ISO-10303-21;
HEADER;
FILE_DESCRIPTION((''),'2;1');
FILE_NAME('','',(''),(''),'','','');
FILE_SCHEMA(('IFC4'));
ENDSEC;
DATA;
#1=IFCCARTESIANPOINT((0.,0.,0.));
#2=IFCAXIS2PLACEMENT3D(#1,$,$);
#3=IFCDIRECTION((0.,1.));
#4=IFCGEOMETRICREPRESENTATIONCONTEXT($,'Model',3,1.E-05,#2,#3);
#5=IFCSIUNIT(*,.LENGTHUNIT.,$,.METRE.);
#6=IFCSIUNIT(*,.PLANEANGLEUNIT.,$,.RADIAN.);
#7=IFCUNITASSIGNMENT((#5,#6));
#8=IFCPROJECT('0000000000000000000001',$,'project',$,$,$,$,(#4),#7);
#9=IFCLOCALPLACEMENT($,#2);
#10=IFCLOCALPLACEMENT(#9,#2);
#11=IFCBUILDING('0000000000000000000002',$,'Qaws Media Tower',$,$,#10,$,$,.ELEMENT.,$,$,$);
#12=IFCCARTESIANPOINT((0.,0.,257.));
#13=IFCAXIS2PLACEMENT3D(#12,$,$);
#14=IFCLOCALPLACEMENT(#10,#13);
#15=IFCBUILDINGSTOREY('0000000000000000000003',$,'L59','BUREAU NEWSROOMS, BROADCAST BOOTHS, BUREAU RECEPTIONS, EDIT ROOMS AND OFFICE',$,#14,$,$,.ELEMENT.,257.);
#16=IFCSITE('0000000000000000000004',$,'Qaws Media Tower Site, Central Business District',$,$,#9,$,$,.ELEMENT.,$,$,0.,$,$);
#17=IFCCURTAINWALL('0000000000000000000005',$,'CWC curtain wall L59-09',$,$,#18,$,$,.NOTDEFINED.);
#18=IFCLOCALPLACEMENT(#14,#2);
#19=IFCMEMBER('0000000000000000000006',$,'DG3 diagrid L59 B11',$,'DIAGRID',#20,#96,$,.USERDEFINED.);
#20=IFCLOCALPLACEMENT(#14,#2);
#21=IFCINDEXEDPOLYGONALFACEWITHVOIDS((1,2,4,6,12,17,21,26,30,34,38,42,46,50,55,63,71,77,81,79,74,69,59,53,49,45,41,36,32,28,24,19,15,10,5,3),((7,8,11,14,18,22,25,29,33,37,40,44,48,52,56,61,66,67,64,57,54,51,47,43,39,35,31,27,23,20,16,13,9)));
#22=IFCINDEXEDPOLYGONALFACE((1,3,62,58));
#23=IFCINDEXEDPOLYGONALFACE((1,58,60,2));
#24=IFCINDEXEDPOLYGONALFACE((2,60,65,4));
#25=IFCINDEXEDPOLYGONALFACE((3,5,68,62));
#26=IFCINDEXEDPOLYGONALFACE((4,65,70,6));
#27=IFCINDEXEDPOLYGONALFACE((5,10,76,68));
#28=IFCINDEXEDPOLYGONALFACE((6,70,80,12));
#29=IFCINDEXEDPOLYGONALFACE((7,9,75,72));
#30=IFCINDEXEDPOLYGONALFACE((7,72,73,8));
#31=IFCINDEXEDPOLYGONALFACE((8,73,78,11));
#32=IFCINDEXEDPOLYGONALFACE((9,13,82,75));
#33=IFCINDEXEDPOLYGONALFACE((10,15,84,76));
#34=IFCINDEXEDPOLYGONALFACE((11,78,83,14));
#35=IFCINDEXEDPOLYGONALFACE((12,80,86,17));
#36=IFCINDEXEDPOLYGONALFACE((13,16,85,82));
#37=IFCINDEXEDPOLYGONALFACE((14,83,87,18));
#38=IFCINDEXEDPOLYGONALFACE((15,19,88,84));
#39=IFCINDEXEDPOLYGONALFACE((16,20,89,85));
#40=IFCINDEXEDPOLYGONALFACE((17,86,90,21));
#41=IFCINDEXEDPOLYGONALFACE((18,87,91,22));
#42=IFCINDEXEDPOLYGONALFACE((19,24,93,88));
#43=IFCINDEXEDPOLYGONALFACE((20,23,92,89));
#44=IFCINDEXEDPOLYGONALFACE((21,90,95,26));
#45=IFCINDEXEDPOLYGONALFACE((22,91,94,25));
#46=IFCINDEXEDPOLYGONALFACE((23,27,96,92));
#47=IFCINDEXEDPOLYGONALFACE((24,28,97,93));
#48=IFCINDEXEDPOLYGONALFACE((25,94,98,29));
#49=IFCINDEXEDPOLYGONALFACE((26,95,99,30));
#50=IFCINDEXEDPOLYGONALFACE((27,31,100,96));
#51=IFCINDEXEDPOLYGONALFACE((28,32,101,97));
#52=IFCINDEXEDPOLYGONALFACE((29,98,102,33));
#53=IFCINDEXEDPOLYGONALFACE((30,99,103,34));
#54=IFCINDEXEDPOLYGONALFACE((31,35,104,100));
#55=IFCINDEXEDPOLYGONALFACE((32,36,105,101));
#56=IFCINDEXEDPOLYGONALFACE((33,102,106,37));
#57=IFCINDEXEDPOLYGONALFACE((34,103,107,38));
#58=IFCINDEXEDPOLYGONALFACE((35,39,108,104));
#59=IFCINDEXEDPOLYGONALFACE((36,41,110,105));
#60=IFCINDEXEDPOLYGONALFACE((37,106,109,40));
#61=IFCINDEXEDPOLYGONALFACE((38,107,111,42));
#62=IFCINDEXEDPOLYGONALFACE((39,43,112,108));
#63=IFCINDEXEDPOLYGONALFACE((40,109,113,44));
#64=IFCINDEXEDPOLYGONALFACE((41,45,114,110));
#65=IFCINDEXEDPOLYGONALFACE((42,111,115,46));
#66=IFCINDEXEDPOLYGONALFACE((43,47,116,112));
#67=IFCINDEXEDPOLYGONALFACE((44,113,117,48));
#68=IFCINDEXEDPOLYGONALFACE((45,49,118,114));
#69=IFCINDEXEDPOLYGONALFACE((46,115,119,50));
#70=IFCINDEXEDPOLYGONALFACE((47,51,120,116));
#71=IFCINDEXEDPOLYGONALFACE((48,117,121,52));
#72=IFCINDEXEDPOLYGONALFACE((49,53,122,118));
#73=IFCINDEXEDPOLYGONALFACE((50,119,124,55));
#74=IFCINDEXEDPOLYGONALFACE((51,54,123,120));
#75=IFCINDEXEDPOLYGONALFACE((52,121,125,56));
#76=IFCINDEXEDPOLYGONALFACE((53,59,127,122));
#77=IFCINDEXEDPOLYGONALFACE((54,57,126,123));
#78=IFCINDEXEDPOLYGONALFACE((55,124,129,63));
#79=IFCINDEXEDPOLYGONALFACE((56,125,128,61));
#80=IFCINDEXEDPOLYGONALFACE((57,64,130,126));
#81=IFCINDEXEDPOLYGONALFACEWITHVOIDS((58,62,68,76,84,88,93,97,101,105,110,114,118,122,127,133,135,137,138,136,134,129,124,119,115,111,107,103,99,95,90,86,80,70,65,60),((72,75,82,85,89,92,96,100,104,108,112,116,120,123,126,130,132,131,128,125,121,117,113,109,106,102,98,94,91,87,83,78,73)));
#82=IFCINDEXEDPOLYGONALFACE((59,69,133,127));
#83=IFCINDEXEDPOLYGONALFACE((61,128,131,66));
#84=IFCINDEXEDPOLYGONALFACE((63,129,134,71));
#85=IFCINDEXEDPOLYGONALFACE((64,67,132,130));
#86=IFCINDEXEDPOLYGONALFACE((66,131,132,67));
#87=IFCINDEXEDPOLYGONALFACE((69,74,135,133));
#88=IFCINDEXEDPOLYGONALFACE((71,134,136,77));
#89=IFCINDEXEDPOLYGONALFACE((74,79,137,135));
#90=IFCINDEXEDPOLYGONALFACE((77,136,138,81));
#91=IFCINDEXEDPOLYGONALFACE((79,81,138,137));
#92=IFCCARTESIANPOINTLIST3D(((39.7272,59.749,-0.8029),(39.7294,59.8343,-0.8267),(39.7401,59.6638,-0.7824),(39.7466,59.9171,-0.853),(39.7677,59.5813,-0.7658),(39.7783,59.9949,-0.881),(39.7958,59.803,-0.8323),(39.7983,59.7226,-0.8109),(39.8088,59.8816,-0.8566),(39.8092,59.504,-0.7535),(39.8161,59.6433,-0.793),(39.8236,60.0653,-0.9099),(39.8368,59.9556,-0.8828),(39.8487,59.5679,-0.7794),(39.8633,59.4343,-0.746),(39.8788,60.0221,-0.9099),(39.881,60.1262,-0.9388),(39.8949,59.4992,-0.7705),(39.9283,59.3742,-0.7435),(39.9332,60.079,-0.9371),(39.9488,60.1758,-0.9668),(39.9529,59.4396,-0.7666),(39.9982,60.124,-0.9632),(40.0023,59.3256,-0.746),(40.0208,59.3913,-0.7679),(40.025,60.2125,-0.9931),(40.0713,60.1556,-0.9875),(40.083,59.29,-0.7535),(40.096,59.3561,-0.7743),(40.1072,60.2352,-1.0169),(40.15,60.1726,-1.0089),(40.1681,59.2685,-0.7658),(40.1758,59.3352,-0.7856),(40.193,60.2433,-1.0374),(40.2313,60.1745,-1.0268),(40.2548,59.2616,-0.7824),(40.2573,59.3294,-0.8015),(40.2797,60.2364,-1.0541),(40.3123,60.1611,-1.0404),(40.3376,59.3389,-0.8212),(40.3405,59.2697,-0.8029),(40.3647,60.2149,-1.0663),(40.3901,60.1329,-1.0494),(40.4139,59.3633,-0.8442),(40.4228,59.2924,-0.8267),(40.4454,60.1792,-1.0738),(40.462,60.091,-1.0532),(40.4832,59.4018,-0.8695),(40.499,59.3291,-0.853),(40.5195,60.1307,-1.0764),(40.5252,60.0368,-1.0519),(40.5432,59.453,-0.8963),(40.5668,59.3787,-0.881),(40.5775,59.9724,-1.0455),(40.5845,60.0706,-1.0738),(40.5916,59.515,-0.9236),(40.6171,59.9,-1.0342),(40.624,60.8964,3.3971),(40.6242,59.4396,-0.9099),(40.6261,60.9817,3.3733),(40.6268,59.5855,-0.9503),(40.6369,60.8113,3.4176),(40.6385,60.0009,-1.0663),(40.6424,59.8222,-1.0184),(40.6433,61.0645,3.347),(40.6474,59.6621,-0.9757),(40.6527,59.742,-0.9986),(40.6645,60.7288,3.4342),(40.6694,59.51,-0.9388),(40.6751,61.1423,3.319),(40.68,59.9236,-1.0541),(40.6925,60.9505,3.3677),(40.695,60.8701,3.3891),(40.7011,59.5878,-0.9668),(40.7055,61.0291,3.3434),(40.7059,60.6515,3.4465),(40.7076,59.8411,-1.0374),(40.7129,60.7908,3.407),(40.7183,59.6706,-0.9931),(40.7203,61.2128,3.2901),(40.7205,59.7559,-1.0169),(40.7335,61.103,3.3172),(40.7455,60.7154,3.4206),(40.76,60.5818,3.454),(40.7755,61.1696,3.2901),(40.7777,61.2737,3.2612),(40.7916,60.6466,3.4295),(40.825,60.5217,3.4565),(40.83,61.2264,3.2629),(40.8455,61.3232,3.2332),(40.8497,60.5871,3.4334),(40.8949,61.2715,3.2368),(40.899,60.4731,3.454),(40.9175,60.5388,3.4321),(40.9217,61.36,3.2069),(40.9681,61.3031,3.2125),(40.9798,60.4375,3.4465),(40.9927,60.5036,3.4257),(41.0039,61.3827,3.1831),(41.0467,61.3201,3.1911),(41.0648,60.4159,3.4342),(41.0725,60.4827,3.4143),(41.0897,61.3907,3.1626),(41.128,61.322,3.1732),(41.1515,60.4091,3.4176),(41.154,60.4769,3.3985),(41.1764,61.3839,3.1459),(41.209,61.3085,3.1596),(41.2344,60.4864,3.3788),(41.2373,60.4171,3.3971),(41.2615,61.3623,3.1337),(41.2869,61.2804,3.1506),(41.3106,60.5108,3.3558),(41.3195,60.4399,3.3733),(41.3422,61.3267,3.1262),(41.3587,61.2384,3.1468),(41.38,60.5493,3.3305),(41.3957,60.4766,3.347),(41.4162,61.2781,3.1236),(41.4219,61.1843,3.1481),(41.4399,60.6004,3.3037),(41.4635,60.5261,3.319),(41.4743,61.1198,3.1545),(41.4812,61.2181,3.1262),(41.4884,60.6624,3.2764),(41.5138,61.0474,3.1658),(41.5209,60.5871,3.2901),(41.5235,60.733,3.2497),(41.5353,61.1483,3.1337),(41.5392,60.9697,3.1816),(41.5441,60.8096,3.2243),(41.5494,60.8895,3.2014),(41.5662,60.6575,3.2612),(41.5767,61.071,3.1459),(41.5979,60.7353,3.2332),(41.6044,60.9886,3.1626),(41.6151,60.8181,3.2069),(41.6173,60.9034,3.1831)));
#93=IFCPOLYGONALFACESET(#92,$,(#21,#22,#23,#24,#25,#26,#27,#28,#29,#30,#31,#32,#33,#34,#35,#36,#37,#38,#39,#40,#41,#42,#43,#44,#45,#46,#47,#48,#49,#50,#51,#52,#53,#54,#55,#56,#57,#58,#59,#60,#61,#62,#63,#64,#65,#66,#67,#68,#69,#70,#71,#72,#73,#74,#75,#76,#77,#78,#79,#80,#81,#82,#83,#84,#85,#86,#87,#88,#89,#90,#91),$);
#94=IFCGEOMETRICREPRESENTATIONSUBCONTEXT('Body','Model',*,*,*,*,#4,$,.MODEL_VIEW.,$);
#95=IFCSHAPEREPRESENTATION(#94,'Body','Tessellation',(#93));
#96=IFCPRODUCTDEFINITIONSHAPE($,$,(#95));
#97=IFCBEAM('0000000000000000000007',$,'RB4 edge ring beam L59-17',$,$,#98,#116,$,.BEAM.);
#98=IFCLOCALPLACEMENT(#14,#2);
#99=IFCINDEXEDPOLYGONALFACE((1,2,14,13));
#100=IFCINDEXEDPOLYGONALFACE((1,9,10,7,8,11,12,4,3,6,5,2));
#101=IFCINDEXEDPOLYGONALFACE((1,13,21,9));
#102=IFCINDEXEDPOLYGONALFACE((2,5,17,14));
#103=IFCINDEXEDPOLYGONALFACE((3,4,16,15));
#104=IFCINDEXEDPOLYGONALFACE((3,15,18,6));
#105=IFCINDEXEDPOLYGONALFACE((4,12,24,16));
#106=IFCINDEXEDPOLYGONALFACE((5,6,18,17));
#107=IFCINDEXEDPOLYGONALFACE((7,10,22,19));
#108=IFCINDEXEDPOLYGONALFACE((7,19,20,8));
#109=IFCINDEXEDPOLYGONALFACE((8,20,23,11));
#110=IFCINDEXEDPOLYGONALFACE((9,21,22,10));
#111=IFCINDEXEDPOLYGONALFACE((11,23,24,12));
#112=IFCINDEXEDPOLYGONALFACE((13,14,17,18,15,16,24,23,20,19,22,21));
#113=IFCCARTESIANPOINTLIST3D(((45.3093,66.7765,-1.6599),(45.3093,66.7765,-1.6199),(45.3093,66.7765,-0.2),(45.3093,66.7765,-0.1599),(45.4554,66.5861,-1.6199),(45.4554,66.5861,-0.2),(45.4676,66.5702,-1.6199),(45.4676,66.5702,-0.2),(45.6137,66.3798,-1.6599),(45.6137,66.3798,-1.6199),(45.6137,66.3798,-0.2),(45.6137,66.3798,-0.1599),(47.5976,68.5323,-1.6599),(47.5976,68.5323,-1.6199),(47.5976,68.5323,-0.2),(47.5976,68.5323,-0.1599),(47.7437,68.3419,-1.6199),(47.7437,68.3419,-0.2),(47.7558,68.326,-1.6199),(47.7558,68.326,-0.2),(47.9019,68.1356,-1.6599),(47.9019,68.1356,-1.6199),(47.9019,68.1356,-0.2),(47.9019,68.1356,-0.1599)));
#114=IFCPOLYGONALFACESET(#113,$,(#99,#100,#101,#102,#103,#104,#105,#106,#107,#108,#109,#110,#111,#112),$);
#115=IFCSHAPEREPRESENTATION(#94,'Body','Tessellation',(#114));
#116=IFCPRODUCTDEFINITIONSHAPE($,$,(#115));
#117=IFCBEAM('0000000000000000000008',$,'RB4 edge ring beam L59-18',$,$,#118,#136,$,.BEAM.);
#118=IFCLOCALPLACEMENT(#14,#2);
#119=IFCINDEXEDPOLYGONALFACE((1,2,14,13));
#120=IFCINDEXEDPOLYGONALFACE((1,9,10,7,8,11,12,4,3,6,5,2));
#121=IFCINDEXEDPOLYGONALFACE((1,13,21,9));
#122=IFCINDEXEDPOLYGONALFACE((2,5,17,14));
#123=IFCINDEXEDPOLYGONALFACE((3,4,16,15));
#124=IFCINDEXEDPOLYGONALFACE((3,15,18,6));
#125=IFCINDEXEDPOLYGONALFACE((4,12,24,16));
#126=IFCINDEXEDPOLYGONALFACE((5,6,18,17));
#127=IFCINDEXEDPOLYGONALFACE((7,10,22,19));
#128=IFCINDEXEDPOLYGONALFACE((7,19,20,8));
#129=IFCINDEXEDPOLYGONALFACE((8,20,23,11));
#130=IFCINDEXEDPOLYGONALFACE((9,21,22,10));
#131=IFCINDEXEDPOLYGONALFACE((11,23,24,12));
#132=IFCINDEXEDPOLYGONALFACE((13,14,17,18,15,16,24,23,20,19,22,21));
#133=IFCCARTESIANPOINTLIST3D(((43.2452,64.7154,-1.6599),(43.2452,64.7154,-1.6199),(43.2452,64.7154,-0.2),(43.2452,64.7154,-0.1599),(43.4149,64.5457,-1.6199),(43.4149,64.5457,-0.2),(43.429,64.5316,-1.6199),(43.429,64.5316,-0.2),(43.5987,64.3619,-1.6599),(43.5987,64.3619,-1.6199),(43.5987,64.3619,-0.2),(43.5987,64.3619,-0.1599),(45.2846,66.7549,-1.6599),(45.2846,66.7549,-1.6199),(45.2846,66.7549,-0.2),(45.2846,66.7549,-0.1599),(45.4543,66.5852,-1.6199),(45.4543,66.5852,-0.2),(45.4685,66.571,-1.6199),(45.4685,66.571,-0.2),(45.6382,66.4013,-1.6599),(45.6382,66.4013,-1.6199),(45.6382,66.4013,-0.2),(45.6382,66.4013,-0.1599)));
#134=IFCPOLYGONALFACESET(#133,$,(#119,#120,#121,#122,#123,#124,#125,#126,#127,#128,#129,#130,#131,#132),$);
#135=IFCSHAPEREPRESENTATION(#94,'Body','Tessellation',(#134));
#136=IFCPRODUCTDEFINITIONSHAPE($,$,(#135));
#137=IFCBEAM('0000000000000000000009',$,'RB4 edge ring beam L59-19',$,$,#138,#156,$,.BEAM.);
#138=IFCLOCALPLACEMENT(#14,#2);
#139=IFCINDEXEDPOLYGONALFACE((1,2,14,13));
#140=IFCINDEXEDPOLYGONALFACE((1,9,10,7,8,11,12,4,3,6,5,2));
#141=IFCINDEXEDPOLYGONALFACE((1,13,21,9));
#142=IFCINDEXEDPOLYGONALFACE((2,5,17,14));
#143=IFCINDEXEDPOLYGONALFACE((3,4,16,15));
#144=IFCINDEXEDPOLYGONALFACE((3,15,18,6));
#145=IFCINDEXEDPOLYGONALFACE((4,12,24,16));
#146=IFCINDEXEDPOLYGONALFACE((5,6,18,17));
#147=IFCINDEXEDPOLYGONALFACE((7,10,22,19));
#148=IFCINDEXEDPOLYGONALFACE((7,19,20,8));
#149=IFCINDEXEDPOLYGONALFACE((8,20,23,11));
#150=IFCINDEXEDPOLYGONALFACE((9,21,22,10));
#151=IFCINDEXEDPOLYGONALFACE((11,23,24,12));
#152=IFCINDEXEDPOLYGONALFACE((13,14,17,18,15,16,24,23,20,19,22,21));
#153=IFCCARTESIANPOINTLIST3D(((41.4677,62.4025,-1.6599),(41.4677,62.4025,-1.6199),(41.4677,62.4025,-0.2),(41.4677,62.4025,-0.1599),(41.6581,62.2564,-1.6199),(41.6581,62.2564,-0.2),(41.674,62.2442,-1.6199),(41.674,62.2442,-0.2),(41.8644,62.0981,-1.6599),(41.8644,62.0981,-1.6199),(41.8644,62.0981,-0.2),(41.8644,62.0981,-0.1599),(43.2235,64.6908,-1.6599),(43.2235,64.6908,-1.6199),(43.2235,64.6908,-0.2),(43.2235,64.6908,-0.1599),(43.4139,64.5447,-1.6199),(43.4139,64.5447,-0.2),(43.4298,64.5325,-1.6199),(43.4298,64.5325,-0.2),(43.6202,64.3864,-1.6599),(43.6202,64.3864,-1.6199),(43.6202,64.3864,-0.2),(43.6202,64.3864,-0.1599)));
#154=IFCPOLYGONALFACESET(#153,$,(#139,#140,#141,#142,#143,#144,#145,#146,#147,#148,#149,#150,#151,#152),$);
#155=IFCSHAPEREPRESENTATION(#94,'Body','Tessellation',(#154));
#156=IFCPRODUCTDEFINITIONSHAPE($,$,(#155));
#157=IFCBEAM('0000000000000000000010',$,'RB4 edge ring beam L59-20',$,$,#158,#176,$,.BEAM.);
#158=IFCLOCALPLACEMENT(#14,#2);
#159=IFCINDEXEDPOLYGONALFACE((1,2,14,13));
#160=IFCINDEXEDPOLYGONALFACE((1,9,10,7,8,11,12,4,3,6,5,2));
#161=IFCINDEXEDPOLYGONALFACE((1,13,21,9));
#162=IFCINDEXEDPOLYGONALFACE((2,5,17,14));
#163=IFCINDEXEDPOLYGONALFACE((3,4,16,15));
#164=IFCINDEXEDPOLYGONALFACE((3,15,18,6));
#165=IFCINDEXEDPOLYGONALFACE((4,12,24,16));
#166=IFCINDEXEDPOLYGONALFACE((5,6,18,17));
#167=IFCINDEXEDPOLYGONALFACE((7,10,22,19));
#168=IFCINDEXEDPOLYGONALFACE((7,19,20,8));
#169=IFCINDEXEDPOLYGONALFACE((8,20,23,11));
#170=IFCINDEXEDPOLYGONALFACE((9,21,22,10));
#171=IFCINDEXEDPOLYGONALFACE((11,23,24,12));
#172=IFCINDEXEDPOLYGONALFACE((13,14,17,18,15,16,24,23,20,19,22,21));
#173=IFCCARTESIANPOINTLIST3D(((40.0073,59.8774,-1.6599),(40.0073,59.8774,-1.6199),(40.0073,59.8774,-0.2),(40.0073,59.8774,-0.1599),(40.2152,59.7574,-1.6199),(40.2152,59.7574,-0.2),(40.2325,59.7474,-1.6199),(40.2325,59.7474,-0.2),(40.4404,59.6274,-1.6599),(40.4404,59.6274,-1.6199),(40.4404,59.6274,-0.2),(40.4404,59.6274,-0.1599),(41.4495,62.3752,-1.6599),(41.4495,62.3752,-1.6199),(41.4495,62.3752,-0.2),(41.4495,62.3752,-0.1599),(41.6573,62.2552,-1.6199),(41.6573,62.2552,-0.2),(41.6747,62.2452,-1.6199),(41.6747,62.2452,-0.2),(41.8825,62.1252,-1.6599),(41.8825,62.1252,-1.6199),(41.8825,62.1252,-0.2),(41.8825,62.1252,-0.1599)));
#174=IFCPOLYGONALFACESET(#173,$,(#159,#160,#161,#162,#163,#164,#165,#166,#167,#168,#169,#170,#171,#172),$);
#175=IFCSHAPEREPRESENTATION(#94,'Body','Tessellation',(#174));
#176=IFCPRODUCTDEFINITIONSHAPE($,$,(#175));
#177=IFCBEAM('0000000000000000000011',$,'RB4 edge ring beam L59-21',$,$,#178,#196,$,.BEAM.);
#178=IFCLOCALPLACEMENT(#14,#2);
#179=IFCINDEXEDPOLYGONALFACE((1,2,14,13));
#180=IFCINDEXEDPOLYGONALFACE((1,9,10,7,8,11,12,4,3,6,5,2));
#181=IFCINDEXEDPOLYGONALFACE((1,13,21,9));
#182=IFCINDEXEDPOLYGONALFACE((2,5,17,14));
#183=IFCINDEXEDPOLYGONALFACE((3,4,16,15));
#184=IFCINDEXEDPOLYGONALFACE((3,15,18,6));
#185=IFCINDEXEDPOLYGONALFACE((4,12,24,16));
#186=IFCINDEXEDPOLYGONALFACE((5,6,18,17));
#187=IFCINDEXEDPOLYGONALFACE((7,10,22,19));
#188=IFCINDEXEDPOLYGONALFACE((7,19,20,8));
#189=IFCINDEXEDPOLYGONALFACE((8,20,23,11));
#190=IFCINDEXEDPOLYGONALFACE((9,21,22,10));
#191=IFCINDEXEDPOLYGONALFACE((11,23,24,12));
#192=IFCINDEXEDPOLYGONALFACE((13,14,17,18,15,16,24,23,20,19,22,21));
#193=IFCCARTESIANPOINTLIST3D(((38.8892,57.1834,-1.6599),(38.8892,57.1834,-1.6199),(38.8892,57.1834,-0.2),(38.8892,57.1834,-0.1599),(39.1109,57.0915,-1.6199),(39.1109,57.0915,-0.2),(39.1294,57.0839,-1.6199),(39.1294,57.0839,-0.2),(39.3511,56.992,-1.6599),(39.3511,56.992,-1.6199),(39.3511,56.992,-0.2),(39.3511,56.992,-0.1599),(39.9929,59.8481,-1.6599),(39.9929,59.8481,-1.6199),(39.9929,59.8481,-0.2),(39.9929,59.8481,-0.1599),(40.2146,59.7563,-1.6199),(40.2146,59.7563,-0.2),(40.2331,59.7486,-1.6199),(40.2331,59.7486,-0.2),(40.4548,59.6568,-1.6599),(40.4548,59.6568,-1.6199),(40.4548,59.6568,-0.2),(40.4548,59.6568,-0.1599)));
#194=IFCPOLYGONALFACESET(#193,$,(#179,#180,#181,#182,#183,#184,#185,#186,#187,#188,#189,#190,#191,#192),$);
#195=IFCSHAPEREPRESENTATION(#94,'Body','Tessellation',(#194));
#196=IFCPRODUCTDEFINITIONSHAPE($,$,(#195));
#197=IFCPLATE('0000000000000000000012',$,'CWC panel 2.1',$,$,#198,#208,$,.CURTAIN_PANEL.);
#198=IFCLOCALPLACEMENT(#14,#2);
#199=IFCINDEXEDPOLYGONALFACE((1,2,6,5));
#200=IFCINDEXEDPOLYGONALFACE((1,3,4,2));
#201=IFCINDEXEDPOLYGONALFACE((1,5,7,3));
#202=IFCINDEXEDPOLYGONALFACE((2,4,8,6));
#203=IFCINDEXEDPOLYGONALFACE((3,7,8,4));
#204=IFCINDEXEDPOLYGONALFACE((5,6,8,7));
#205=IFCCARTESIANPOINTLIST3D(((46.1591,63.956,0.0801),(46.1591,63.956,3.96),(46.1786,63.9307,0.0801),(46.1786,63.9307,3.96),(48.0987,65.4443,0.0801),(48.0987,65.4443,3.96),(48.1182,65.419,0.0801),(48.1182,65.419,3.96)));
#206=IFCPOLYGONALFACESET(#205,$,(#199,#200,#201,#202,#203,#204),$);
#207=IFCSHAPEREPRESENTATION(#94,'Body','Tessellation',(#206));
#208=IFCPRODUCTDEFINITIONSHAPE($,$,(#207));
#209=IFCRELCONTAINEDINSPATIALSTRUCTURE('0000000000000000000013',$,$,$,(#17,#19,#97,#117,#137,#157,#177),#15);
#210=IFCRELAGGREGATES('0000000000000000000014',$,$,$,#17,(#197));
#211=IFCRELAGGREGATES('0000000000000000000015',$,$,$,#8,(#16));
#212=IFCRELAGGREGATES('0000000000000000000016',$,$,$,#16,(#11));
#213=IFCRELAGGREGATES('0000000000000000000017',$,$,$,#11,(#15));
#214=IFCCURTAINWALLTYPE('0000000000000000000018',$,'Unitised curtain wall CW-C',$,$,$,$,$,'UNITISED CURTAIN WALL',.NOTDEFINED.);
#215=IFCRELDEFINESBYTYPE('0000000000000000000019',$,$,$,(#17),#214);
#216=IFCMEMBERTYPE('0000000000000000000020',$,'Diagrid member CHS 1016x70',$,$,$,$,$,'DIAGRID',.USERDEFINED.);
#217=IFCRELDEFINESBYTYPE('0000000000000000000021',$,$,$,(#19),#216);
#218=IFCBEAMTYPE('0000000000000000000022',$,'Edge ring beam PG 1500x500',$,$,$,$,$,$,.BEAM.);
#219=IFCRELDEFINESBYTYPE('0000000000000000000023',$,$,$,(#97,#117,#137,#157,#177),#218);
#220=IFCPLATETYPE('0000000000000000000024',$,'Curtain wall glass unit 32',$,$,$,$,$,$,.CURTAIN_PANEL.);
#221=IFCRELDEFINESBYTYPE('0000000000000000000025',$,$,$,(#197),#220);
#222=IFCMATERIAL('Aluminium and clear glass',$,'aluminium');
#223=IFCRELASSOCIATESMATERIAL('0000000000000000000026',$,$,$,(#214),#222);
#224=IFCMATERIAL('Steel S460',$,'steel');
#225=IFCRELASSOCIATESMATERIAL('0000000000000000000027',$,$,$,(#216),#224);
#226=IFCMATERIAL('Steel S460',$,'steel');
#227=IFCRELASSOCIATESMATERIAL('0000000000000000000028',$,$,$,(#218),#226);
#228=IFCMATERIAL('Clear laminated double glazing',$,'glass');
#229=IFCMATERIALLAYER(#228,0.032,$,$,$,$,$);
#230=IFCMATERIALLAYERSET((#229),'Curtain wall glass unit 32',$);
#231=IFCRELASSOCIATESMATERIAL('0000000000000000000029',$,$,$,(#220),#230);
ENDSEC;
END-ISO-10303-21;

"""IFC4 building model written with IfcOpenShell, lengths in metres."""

from ifc_helpers import new_model, si_unit, direction, frame, origin, origin_2d, place, context, subcontext, project, spatial, rectangle, hollow_circle, i_section, extrude, material, layer, layer_set, material_profile, profile_set, type_object, element, aggregate, save


model = new_model("IFC4")

# Units and contexts
model_context = context("Model", 3, precision=1e-05, world=origin(), true_north=direction((0.0, 1.0)))
body_context = subcontext(model_context, "Body", "Model", "MODEL_VIEW")
ifc_project = project(units=[si_unit("LENGTHUNIT", "METRE"), si_unit("PLANEANGLEUNIT", "RADIAN")], contexts=[model_context])

# Site, building, storey
site_placement = place(None, origin())
site = spatial("IfcSite", under=ifc_project, at=site_placement, Name="Qaws Media Tower Site, Central Business District", CompositionType="ELEMENT", RefElevation=0.0)
building_placement = place(site_placement, origin())
building = spatial("IfcBuilding", under=site, at=building_placement, Name="Qaws Media Tower", CompositionType="ELEMENT")
storey_placement = place(building_placement, frame((0.0, 0.0, 257.0)))
storey = spatial("IfcBuildingStorey", under=building, at=storey_placement, Name="L59", Description="BUREAU NEWSROOMS, BROADCAST BOOTHS, BUREAU RECEPTIONS, EDIT ROOMS AND OFFICE", CompositionType="ELEMENT", Elevation=257.0)

# Curtain wall
ifc_material_1 = material(Name="Aluminium and clear glass", Category="aluminium")
curtain_wall_type = type_object("IfcCurtainWallType", Name="Unitised curtain wall CW-C", ElementType="UNITISED CURTAIN WALL", PredefinedType="NOTDEFINED", material=ifc_material_1)
curtain_wall_1_placement = place(storey_placement, origin())
curtain_wall_1 = element("IfcCurtainWall", 1, at=curtain_wall_1_placement, inside=storey, type_object=curtain_wall_type, Name="CWC curtain wall L59-09", PredefinedType="NOTDEFINED")

# Member
ifc_material_2 = material(Name="Steel S460", Category="steel")
ifc_material_profile_1 = material_profile(ifc_material_2, hollow_circle(Radius=0.5081, WallThickness=0.0701, at=origin_2d()), Name="CHS 1016x70")
ifc_profile_set_1 = profile_set([ifc_material_profile_1], Name="Steel S460")
member_type_1 = type_object("IfcMemberType", Name="Diagrid member CHS 1016x70", ElementType="DIAGRID", PredefinedType="USERDEFINED", material=ifc_profile_set_1)
for number, where, z_axis, x_axis, name in (
    (2, (40.2239, 59.7524, -0.9099), (0.201727, 0.258131, 0.944815), (-0.787933, 0.615761, 0.0), "DG3 diagrid L59 B11"),
):
    element("IfcMember", number, at=place(storey_placement, frame(where, z_axis=z_axis, x_axis=x_axis)), inside=storey, type_object=member_type_1, Name=name, ObjectType="DIAGRID", PredefinedType="USERDEFINED", context=body_context, shape_type="SweptSolid", body=[
        extrude(hollow_circle(Radius=0.5081, WallThickness=0.0701, at=origin_2d()), origin(), (0.0, 0.0, 1.0), 4.4453),
    ])

# Beams
ifc_material_3 = material(Name="Steel S460", Category="steel")
ifc_material_profile_2 = material_profile(ifc_material_3, i_section(OverallWidth=0.5, OverallDepth=1.5, WebThickness=0.02, FlangeThickness=0.04, at=origin_2d()), Name="PG 1500x500")
ifc_profile_set_2 = profile_set([ifc_material_profile_2], Name="Steel S460")
beam_type = type_object("IfcBeamType", Name="Edge ring beam PG 1500x500", PredefinedType="BEAM", material=ifc_profile_set_2)
for number, where, z_axis, x_axis, name in (
    (3, (47.7498, 68.334, -0.9099), (-0.79336, -0.608753, 0.0), (0.608753, -0.79336, 0.0), "RB4 edge ring beam L59-17"),
    (4, (45.4614, 66.5781, -0.9099), (-0.707107, -0.707107, 0.0), (0.707107, -0.707107, 0.0), "RB4 edge ring beam L59-18"),
    (5, (43.4219, 64.5386, -0.9099), (-0.608753, -0.79336, 0.0), (0.79336, -0.608753, 0.0), "RB4 edge ring beam L59-19"),
    (6, (41.666, 62.2502, -0.9099), (-0.500008, -0.866021, 0.0), (0.866021, -0.500008, 0.0), "RB4 edge ring beam L59-20"),
    (7, (40.2239, 59.7524, -0.9099), (-0.382673, -0.923884, 0.0), (0.923884, -0.382673, 0.0), "RB4 edge ring beam L59-21"),
):
    element("IfcBeam", number, at=place(storey_placement, frame(where, z_axis=z_axis, x_axis=x_axis)), inside=storey, type_object=beam_type, Name=name, PredefinedType="BEAM", context=body_context, shape_type="SweptSolid", body=[
        extrude(i_section(OverallWidth=0.5, OverallDepth=1.5, WebThickness=0.02, FlangeThickness=0.04, at=origin_2d()), origin(), (0.0, 0.0, 1.0), 2.8843),
    ])

# Plate
ifc_material_4 = material(Name="Clear laminated double glazing", Category="glass")
ifc_layer_1 = layer(ifc_material_4, 0.032)
ifc_layer_set_1 = layer_set([ifc_layer_1], Name="Curtain wall glass unit 32")
plate_type_1 = type_object("IfcPlateType", Name="Curtain wall glass unit 32", PredefinedType="CURTAIN_PANEL", material=ifc_layer_set_1)
plate_1_placement = place(storey_placement, frame((47.1387, 64.6875, 0.0801), z_axis=(0.0, 0.0, 1.0), x_axis=(-0.793353, -0.608761, 0.0)))
plate_1 = element("IfcPlate", 8, at=plate_1_placement, type_object=plate_type_1, Name="CWC panel 2.1", PredefinedType="CURTAIN_PANEL", context=body_context, shape_type="SweptSolid", body=[
    extrude(rectangle(XDim=2.4448, YDim=0.032, at=origin_2d()), origin(), (0.0, 0.0, 1.0), 3.8799),
])
aggregate(curtain_wall_1, [plate_1])

save(model, "model.ifc")
